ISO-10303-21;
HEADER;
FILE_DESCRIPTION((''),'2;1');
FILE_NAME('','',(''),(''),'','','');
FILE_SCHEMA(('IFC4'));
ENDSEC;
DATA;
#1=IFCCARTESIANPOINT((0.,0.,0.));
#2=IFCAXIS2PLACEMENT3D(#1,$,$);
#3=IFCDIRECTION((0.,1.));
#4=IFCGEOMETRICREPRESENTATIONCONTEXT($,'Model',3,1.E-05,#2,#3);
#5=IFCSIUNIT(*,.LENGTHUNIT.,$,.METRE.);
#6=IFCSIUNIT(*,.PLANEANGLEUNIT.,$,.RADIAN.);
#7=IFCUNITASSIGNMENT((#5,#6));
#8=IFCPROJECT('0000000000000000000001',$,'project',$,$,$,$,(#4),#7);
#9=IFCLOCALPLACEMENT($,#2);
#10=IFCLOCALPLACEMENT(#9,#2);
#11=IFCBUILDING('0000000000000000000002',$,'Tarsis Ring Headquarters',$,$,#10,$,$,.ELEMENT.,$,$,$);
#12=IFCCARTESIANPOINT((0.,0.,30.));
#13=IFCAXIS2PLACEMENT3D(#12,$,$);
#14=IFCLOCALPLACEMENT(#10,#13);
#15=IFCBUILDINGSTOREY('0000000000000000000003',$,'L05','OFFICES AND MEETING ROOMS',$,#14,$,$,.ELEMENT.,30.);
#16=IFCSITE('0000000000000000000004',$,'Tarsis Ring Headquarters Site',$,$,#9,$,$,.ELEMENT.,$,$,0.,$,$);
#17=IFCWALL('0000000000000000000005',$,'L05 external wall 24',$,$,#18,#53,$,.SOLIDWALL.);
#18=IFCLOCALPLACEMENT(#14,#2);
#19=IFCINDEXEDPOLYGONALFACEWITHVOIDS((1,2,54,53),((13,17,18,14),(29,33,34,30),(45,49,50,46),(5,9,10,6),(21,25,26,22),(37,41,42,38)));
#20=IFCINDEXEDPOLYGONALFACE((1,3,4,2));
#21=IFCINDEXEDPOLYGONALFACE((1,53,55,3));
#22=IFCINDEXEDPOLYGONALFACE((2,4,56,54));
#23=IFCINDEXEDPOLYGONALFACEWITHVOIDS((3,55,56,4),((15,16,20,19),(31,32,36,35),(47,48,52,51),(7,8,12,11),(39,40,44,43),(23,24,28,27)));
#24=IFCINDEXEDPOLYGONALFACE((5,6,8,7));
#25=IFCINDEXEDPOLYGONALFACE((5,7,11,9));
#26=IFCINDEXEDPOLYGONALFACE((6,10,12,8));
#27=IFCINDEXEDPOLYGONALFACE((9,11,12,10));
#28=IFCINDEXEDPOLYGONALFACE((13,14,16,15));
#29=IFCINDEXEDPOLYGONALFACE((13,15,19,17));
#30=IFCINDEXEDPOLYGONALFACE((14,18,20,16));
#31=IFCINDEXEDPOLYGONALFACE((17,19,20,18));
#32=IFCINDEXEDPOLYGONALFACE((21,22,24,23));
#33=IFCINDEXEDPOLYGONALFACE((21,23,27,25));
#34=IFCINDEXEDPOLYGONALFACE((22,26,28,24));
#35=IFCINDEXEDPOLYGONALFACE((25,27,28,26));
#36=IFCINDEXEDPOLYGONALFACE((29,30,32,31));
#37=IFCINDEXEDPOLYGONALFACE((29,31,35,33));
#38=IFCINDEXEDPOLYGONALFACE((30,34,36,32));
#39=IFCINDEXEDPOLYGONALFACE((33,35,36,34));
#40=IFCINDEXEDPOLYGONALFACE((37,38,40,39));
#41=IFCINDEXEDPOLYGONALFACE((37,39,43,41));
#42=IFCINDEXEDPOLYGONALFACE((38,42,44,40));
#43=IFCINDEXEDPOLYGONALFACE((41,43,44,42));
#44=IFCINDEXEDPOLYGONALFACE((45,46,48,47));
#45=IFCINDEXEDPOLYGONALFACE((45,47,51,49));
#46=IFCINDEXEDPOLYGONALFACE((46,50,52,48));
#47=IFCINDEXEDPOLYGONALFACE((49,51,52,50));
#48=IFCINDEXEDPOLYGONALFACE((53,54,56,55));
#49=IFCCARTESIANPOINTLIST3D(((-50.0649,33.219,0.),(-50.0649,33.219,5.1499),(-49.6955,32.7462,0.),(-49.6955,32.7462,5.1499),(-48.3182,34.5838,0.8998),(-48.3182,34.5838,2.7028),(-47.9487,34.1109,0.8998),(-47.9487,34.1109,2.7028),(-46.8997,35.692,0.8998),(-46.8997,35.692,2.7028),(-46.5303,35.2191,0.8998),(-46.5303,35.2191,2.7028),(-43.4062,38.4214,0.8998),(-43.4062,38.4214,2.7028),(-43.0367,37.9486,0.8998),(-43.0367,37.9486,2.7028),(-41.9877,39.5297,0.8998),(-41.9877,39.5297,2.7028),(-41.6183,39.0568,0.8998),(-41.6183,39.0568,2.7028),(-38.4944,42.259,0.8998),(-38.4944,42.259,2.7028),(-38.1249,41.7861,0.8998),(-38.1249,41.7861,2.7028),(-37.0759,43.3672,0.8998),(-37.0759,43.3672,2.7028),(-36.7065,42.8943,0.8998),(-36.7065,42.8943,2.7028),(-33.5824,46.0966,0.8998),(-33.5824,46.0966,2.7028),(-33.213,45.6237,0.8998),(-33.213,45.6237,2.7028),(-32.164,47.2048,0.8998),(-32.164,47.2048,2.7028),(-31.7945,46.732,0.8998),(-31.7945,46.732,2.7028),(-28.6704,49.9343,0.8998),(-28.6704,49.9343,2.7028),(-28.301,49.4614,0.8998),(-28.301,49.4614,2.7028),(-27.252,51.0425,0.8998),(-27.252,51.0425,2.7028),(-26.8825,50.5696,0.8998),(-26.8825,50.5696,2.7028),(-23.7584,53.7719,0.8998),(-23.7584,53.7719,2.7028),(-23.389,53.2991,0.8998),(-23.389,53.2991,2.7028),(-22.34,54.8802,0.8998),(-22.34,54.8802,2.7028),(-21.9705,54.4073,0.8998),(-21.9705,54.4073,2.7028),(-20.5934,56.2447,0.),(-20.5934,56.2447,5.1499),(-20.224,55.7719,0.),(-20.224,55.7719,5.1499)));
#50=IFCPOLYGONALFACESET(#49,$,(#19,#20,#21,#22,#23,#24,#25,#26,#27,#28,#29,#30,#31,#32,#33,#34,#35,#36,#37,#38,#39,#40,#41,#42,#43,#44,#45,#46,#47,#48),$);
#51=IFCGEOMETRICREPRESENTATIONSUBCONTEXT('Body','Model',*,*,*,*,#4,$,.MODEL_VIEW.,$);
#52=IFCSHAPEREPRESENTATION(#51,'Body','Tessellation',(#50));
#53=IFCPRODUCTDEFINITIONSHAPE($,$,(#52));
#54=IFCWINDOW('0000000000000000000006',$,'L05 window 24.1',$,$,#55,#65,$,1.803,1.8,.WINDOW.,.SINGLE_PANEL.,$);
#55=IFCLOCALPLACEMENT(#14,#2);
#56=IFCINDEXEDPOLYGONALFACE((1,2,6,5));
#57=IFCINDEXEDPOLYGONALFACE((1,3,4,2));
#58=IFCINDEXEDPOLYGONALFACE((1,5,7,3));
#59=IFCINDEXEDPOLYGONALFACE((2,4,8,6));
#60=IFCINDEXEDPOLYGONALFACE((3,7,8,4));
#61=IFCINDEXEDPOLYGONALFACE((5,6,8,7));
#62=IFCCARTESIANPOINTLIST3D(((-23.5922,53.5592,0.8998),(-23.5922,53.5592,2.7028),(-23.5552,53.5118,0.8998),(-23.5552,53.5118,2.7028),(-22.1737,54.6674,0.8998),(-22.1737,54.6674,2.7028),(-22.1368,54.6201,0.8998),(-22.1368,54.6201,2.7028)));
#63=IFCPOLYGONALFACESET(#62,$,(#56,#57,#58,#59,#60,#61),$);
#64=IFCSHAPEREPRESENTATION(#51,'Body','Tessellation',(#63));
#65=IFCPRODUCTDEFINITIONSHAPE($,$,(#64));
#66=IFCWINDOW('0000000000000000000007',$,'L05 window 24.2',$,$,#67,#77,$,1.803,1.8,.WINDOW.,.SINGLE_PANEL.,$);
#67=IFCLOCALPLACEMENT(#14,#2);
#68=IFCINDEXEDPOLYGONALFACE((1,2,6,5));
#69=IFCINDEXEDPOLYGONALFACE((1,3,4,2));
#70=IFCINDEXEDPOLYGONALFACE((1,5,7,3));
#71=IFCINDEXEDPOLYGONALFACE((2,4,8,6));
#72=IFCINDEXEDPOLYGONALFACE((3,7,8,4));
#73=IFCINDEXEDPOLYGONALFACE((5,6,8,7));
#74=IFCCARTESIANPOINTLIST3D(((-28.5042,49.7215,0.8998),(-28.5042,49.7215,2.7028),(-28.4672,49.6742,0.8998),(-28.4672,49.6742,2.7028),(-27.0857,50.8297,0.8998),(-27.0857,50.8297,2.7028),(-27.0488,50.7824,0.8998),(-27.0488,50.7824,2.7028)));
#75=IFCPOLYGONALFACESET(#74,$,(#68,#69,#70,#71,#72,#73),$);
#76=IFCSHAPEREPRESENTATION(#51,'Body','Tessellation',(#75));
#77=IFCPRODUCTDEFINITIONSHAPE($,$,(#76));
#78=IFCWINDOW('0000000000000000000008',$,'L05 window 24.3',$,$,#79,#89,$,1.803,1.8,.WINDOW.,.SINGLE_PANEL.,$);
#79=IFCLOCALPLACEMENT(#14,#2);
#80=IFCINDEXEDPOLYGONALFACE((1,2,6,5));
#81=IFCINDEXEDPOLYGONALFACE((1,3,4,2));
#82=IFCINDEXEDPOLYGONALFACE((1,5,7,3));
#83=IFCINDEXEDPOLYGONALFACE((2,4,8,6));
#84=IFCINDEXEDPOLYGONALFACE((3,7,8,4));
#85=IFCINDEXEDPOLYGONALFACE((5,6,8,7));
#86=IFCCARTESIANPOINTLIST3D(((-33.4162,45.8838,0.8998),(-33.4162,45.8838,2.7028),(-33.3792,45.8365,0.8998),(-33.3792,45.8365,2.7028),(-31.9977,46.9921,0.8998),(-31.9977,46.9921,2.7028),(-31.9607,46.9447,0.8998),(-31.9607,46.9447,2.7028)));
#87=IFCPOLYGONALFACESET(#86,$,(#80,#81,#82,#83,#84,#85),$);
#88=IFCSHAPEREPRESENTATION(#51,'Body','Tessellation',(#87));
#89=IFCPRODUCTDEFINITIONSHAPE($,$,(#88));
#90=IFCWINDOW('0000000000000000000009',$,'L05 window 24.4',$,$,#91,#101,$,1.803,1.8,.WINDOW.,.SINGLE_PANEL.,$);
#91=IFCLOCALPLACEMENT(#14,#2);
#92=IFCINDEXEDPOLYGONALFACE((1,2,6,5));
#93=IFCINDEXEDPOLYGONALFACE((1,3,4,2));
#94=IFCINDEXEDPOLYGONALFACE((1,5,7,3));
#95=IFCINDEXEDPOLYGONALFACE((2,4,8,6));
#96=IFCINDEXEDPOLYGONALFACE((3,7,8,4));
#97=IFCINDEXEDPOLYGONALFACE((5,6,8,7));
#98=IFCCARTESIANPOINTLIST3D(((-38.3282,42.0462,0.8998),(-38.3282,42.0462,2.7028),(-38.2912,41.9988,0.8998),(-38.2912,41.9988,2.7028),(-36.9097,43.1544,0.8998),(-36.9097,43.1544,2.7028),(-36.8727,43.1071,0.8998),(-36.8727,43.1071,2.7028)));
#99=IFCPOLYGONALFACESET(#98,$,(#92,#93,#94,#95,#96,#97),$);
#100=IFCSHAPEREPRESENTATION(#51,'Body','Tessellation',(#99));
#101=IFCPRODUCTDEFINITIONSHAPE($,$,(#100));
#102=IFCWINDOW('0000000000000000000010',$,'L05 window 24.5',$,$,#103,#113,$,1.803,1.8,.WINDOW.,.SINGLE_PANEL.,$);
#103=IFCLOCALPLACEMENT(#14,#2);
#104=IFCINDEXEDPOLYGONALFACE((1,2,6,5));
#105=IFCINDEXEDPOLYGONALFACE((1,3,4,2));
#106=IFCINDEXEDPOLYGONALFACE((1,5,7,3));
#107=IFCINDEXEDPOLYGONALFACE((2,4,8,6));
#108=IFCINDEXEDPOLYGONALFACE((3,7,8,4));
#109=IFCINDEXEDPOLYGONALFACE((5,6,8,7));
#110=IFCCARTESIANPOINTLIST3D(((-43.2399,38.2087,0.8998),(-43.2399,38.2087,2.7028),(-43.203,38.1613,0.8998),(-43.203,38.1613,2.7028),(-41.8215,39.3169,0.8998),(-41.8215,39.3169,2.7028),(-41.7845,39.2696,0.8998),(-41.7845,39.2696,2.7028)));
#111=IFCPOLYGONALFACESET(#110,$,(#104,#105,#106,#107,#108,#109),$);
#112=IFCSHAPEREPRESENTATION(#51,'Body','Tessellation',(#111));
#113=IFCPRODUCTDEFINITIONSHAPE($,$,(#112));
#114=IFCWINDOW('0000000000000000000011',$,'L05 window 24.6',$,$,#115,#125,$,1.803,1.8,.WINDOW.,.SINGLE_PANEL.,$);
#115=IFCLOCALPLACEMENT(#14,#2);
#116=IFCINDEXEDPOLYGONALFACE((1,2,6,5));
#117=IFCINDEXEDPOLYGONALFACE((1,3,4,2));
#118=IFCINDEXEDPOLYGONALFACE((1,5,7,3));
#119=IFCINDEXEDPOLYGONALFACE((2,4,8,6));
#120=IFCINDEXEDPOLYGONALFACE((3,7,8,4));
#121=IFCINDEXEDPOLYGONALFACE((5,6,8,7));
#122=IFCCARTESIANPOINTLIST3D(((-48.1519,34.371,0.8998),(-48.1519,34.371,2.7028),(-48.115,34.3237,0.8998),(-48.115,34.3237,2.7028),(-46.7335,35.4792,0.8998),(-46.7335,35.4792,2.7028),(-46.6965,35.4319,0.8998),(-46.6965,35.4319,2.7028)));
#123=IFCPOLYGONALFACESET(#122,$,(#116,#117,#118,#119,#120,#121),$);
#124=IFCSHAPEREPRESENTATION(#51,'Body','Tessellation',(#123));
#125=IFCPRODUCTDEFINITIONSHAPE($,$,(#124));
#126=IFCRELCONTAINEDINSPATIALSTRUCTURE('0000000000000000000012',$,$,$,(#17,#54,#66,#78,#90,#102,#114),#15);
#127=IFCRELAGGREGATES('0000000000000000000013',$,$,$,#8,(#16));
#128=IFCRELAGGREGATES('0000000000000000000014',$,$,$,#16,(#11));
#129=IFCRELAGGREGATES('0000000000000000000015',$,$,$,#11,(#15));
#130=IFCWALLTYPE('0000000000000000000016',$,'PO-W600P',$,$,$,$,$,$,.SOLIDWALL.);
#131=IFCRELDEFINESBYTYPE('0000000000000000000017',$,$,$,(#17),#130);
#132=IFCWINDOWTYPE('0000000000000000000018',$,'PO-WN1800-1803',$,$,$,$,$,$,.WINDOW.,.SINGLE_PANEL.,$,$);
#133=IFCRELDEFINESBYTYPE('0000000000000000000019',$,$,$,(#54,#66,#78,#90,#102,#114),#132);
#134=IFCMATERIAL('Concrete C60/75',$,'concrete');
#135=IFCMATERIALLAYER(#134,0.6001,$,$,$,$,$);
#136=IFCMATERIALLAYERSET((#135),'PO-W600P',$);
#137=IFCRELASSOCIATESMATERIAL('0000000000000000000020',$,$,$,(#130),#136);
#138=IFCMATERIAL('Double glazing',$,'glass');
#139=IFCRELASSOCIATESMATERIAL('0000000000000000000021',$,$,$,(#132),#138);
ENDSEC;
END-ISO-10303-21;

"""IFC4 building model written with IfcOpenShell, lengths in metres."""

from ifc_helpers import new_model, si_unit, direction, frame, frame_2d, origin, place, context, subcontext, project, spatial, rectangle, extrude, material, layer, layer_set, type_object, element, fill, save


model = new_model("IFC4")

# Units and contexts
model_context = context("Model", 3, precision=1e-05, world=origin(), true_north=direction((0.0, 1.0)))
body_context = subcontext(model_context, "Body", "Model", "MODEL_VIEW")
ifc_project = project(units=[si_unit("LENGTHUNIT", "METRE"), si_unit("PLANEANGLEUNIT", "RADIAN")], contexts=[model_context])

# Site, building, storey
site_placement = place(None, origin())
site = spatial("IfcSite", under=ifc_project, at=site_placement, Name="Tarsis Ring Headquarters Site", CompositionType="ELEMENT", RefElevation=0.0)
building_placement = place(site_placement, origin())
building = spatial("IfcBuilding", under=site, at=building_placement, Name="Tarsis Ring Headquarters", CompositionType="ELEMENT")
storey_placement = place(building_placement, frame((0.0, 0.0, 30.0)))
storey = spatial("IfcBuildingStorey", under=building, at=storey_placement, Name="L05", Description="OFFICES AND MEETING ROOMS", CompositionType="ELEMENT", Elevation=30.0)

# Shared definitions
ifc_material_1 = material(Name="Concrete C60/75", Category="concrete")

# Wall, openings, windows
ifc_layer_1 = layer(ifc_material_1, 0.6001)
ifc_layer_set_1 = layer_set([ifc_layer_1], Name="PO-W600P")
wall_type_1 = type_object("IfcWallType", Name="PO-W600P", PredefinedType="SOLIDWALL", material=ifc_layer_set_1)
wall_1_placement = place(storey_placement, frame((-20.4087, 56.0083, 0.0), z_axis=(0.0, 0.0, 1.0), x_axis=(-0.78801, -0.615662, 0.0)))
wall_1 = element("IfcWall", 1, at=wall_1_placement, inside=storey, type_object=wall_type_1, Name="L05 external wall 24", PredefinedType="SOLIDWALL", context=body_context, shape_type="SweptSolid", body=[
    extrude(rectangle(XDim=37.3999, YDim=0.6001, at=frame_2d((18.7, 0.0))), origin(), (0.0, 0.0, 1.0), 5.1499),
])
opening_1_placement = place(wall_1_placement, frame((2.2166, 0.0, 0.8999)))
opening_1 = element("IfcOpeningElement", 2, at=opening_1_placement, cuts=wall_1, PredefinedType="OPENING", context=body_context, shape_type="SweptSolid", body=[
    extrude(rectangle(XDim=1.8, YDim=1.803, at=frame_2d((0.8999, 0.9014))), frame((0.0, 0.3101, 0.0), z_axis=(0.0, -1.0, 0.0), x_axis=(1.0, 0.0, 0.0)), (0.0, 0.0, 1.0), 0.6201),
])
opening_2_placement = place(wall_1_placement, frame((8.45, 0.0, 0.8999)))
opening_2 = element("IfcOpeningElement", 3, at=opening_2_placement, cuts=wall_1, PredefinedType="OPENING", context=body_context, shape_type="SweptSolid", body=[
    extrude(rectangle(XDim=1.8, YDim=1.803, at=frame_2d((0.8999, 0.9014))), frame((0.0, 0.3101, 0.0), z_axis=(0.0, -1.0, 0.0), x_axis=(1.0, 0.0, 0.0)), (0.0, 0.0, 1.0), 0.6201),
])
opening_3_placement = place(wall_1_placement, frame((14.6833, 0.0, 0.8999)))
opening_3 = element("IfcOpeningElement", 4, at=opening_3_placement, cuts=wall_1, PredefinedType="OPENING", context=body_context, shape_type="SweptSolid", body=[
    extrude(rectangle(XDim=1.8, YDim=1.803, at=frame_2d((0.8999, 0.9014))), frame((0.0, 0.3101, 0.0), z_axis=(0.0, -1.0, 0.0), x_axis=(1.0, 0.0, 0.0)), (0.0, 0.0, 1.0), 0.6201),
])
opening_4_placement = place(wall_1_placement, frame((20.9167, 0.0, 0.8999)))
opening_4 = element("IfcOpeningElement", 5, at=opening_4_placement, cuts=wall_1, PredefinedType="OPENING", context=body_context, shape_type="SweptSolid", body=[
    extrude(rectangle(XDim=1.8, YDim=1.803, at=frame_2d((0.8999, 0.9014))), frame((0.0, 0.3101, 0.0), z_axis=(0.0, -1.0, 0.0), x_axis=(1.0, 0.0, 0.0)), (0.0, 0.0, 1.0), 0.6201),
])
opening_5_placement = place(wall_1_placement, frame((27.1499, 0.0, 0.8999)))
opening_5 = element("IfcOpeningElement", 6, at=opening_5_placement, cuts=wall_1, PredefinedType="OPENING", context=body_context, shape_type="SweptSolid", body=[
    extrude(rectangle(XDim=1.8, YDim=1.803, at=frame_2d((0.8999, 0.9014))), frame((0.0, 0.3101, 0.0), z_axis=(0.0, -1.0, 0.0), x_axis=(1.0, 0.0, 0.0)), (0.0, 0.0, 1.0), 0.6201),
])
opening_6_placement = place(wall_1_placement, frame((33.3833, 0.0, 0.8999)))
opening_6 = element("IfcOpeningElement", 7, at=opening_6_placement, cuts=wall_1, PredefinedType="OPENING", context=body_context, shape_type="SweptSolid", body=[
    extrude(rectangle(XDim=1.8, YDim=1.803, at=frame_2d((0.8999, 0.9014))), frame((0.0, 0.3101, 0.0), z_axis=(0.0, -1.0, 0.0), x_axis=(1.0, 0.0, 0.0)), (0.0, 0.0, 1.0), 0.6201),
])
ifc_material_2 = material(Name="Double glazing", Category="glass")
window_type = type_object("IfcWindowType", Name="PO-WN1800-1803", PartitioningType="SINGLE_PANEL", PredefinedType="WINDOW", material=ifc_material_2)
window_1_placement = place(opening_1_placement, origin())
window_1 = element("IfcWindow", 8, at=window_1_placement, inside=storey, type_object=window_type, Name="L05 window 24.1", OverallHeight=1.803, OverallWidth=1.8, PartitioningType="SINGLE_PANEL", PredefinedType="WINDOW", context=body_context, shape_type="SweptSolid", body=[
    extrude(rectangle(XDim=1.8, YDim=1.803, at=frame_2d((0.8999, 0.9014))), frame((0.0, 0.03, 0.0), z_axis=(0.0, -1.0, 0.0), x_axis=(1.0, 0.0, 0.0)), (0.0, 0.0, 1.0), 0.0601),
])
fill(opening_1, window_1)
window_2_placement = place(opening_2_placement, origin())
window_2 = element("IfcWindow", 9, at=window_2_placement, inside=storey, type_object=window_type, Name="L05 window 24.2", OverallHeight=1.803, OverallWidth=1.8, PartitioningType="SINGLE_PANEL", PredefinedType="WINDOW", context=body_context, shape_type="SweptSolid", body=[
    extrude(rectangle(XDim=1.8, YDim=1.803, at=frame_2d((0.8999, 0.9014))), frame((0.0, 0.03, 0.0), z_axis=(0.0, -1.0, 0.0), x_axis=(1.0, 0.0, 0.0)), (0.0, 0.0, 1.0), 0.0601),
])
fill(opening_2, window_2)
window_3_placement = place(opening_3_placement, origin())
window_3 = element("IfcWindow", 10, at=window_3_placement, inside=storey, type_object=window_type, Name="L05 window 24.3", OverallHeight=1.803, OverallWidth=1.8, PartitioningType="SINGLE_PANEL", PredefinedType="WINDOW", context=body_context, shape_type="SweptSolid", body=[
    extrude(rectangle(XDim=1.8, YDim=1.803, at=frame_2d((0.8999, 0.9014))), frame((0.0, 0.03, 0.0), z_axis=(0.0, -1.0, 0.0), x_axis=(1.0, 0.0, 0.0)), (0.0, 0.0, 1.0), 0.0601),
])
fill(opening_3, window_3)
window_4_placement = place(opening_4_placement, origin())
window_4 = element("IfcWindow", 11, at=window_4_placement, inside=storey, type_object=window_type, Name="L05 window 24.4", OverallHeight=1.803, OverallWidth=1.8, PartitioningType="SINGLE_PANEL", PredefinedType="WINDOW", context=body_context, shape_type="SweptSolid", body=[
    extrude(rectangle(XDim=1.8, YDim=1.803, at=frame_2d((0.8999, 0.9014))), frame((0.0, 0.03, 0.0), z_axis=(0.0, -1.0, 0.0), x_axis=(1.0, 0.0, 0.0)), (0.0, 0.0, 1.0), 0.0601),
])
fill(opening_4, window_4)
window_5_placement = place(opening_5_placement, origin())
window_5 = element("IfcWindow", 12, at=window_5_placement, inside=storey, type_object=window_type, Name="L05 window 24.5", OverallHeight=1.803, OverallWidth=1.8, PartitioningType="SINGLE_PANEL", PredefinedType="WINDOW", context=body_context, shape_type="SweptSolid", body=[
    extrude(rectangle(XDim=1.8, YDim=1.803, at=frame_2d((0.8999, 0.9014))), frame((0.0, 0.03, 0.0), z_axis=(0.0, -1.0, 0.0), x_axis=(1.0, 0.0, 0.0)), (0.0, 0.0, 1.0), 0.0601),
])
fill(opening_5, window_5)
window_6_placement = place(opening_6_placement, origin())
window_6 = element("IfcWindow", 13, at=window_6_placement, inside=storey, type_object=window_type, Name="L05 window 24.6", OverallHeight=1.803, OverallWidth=1.8, PartitioningType="SINGLE_PANEL", PredefinedType="WINDOW", context=body_context, shape_type="SweptSolid", body=[
    extrude(rectangle(XDim=1.8, YDim=1.803, at=frame_2d((0.8999, 0.9014))), frame((0.0, 0.03, 0.0), z_axis=(0.0, -1.0, 0.0), x_axis=(1.0, 0.0, 0.0)), (0.0, 0.0, 1.0), 0.0601),
])
fill(opening_6, window_6)

save(model, "model.ifc")
